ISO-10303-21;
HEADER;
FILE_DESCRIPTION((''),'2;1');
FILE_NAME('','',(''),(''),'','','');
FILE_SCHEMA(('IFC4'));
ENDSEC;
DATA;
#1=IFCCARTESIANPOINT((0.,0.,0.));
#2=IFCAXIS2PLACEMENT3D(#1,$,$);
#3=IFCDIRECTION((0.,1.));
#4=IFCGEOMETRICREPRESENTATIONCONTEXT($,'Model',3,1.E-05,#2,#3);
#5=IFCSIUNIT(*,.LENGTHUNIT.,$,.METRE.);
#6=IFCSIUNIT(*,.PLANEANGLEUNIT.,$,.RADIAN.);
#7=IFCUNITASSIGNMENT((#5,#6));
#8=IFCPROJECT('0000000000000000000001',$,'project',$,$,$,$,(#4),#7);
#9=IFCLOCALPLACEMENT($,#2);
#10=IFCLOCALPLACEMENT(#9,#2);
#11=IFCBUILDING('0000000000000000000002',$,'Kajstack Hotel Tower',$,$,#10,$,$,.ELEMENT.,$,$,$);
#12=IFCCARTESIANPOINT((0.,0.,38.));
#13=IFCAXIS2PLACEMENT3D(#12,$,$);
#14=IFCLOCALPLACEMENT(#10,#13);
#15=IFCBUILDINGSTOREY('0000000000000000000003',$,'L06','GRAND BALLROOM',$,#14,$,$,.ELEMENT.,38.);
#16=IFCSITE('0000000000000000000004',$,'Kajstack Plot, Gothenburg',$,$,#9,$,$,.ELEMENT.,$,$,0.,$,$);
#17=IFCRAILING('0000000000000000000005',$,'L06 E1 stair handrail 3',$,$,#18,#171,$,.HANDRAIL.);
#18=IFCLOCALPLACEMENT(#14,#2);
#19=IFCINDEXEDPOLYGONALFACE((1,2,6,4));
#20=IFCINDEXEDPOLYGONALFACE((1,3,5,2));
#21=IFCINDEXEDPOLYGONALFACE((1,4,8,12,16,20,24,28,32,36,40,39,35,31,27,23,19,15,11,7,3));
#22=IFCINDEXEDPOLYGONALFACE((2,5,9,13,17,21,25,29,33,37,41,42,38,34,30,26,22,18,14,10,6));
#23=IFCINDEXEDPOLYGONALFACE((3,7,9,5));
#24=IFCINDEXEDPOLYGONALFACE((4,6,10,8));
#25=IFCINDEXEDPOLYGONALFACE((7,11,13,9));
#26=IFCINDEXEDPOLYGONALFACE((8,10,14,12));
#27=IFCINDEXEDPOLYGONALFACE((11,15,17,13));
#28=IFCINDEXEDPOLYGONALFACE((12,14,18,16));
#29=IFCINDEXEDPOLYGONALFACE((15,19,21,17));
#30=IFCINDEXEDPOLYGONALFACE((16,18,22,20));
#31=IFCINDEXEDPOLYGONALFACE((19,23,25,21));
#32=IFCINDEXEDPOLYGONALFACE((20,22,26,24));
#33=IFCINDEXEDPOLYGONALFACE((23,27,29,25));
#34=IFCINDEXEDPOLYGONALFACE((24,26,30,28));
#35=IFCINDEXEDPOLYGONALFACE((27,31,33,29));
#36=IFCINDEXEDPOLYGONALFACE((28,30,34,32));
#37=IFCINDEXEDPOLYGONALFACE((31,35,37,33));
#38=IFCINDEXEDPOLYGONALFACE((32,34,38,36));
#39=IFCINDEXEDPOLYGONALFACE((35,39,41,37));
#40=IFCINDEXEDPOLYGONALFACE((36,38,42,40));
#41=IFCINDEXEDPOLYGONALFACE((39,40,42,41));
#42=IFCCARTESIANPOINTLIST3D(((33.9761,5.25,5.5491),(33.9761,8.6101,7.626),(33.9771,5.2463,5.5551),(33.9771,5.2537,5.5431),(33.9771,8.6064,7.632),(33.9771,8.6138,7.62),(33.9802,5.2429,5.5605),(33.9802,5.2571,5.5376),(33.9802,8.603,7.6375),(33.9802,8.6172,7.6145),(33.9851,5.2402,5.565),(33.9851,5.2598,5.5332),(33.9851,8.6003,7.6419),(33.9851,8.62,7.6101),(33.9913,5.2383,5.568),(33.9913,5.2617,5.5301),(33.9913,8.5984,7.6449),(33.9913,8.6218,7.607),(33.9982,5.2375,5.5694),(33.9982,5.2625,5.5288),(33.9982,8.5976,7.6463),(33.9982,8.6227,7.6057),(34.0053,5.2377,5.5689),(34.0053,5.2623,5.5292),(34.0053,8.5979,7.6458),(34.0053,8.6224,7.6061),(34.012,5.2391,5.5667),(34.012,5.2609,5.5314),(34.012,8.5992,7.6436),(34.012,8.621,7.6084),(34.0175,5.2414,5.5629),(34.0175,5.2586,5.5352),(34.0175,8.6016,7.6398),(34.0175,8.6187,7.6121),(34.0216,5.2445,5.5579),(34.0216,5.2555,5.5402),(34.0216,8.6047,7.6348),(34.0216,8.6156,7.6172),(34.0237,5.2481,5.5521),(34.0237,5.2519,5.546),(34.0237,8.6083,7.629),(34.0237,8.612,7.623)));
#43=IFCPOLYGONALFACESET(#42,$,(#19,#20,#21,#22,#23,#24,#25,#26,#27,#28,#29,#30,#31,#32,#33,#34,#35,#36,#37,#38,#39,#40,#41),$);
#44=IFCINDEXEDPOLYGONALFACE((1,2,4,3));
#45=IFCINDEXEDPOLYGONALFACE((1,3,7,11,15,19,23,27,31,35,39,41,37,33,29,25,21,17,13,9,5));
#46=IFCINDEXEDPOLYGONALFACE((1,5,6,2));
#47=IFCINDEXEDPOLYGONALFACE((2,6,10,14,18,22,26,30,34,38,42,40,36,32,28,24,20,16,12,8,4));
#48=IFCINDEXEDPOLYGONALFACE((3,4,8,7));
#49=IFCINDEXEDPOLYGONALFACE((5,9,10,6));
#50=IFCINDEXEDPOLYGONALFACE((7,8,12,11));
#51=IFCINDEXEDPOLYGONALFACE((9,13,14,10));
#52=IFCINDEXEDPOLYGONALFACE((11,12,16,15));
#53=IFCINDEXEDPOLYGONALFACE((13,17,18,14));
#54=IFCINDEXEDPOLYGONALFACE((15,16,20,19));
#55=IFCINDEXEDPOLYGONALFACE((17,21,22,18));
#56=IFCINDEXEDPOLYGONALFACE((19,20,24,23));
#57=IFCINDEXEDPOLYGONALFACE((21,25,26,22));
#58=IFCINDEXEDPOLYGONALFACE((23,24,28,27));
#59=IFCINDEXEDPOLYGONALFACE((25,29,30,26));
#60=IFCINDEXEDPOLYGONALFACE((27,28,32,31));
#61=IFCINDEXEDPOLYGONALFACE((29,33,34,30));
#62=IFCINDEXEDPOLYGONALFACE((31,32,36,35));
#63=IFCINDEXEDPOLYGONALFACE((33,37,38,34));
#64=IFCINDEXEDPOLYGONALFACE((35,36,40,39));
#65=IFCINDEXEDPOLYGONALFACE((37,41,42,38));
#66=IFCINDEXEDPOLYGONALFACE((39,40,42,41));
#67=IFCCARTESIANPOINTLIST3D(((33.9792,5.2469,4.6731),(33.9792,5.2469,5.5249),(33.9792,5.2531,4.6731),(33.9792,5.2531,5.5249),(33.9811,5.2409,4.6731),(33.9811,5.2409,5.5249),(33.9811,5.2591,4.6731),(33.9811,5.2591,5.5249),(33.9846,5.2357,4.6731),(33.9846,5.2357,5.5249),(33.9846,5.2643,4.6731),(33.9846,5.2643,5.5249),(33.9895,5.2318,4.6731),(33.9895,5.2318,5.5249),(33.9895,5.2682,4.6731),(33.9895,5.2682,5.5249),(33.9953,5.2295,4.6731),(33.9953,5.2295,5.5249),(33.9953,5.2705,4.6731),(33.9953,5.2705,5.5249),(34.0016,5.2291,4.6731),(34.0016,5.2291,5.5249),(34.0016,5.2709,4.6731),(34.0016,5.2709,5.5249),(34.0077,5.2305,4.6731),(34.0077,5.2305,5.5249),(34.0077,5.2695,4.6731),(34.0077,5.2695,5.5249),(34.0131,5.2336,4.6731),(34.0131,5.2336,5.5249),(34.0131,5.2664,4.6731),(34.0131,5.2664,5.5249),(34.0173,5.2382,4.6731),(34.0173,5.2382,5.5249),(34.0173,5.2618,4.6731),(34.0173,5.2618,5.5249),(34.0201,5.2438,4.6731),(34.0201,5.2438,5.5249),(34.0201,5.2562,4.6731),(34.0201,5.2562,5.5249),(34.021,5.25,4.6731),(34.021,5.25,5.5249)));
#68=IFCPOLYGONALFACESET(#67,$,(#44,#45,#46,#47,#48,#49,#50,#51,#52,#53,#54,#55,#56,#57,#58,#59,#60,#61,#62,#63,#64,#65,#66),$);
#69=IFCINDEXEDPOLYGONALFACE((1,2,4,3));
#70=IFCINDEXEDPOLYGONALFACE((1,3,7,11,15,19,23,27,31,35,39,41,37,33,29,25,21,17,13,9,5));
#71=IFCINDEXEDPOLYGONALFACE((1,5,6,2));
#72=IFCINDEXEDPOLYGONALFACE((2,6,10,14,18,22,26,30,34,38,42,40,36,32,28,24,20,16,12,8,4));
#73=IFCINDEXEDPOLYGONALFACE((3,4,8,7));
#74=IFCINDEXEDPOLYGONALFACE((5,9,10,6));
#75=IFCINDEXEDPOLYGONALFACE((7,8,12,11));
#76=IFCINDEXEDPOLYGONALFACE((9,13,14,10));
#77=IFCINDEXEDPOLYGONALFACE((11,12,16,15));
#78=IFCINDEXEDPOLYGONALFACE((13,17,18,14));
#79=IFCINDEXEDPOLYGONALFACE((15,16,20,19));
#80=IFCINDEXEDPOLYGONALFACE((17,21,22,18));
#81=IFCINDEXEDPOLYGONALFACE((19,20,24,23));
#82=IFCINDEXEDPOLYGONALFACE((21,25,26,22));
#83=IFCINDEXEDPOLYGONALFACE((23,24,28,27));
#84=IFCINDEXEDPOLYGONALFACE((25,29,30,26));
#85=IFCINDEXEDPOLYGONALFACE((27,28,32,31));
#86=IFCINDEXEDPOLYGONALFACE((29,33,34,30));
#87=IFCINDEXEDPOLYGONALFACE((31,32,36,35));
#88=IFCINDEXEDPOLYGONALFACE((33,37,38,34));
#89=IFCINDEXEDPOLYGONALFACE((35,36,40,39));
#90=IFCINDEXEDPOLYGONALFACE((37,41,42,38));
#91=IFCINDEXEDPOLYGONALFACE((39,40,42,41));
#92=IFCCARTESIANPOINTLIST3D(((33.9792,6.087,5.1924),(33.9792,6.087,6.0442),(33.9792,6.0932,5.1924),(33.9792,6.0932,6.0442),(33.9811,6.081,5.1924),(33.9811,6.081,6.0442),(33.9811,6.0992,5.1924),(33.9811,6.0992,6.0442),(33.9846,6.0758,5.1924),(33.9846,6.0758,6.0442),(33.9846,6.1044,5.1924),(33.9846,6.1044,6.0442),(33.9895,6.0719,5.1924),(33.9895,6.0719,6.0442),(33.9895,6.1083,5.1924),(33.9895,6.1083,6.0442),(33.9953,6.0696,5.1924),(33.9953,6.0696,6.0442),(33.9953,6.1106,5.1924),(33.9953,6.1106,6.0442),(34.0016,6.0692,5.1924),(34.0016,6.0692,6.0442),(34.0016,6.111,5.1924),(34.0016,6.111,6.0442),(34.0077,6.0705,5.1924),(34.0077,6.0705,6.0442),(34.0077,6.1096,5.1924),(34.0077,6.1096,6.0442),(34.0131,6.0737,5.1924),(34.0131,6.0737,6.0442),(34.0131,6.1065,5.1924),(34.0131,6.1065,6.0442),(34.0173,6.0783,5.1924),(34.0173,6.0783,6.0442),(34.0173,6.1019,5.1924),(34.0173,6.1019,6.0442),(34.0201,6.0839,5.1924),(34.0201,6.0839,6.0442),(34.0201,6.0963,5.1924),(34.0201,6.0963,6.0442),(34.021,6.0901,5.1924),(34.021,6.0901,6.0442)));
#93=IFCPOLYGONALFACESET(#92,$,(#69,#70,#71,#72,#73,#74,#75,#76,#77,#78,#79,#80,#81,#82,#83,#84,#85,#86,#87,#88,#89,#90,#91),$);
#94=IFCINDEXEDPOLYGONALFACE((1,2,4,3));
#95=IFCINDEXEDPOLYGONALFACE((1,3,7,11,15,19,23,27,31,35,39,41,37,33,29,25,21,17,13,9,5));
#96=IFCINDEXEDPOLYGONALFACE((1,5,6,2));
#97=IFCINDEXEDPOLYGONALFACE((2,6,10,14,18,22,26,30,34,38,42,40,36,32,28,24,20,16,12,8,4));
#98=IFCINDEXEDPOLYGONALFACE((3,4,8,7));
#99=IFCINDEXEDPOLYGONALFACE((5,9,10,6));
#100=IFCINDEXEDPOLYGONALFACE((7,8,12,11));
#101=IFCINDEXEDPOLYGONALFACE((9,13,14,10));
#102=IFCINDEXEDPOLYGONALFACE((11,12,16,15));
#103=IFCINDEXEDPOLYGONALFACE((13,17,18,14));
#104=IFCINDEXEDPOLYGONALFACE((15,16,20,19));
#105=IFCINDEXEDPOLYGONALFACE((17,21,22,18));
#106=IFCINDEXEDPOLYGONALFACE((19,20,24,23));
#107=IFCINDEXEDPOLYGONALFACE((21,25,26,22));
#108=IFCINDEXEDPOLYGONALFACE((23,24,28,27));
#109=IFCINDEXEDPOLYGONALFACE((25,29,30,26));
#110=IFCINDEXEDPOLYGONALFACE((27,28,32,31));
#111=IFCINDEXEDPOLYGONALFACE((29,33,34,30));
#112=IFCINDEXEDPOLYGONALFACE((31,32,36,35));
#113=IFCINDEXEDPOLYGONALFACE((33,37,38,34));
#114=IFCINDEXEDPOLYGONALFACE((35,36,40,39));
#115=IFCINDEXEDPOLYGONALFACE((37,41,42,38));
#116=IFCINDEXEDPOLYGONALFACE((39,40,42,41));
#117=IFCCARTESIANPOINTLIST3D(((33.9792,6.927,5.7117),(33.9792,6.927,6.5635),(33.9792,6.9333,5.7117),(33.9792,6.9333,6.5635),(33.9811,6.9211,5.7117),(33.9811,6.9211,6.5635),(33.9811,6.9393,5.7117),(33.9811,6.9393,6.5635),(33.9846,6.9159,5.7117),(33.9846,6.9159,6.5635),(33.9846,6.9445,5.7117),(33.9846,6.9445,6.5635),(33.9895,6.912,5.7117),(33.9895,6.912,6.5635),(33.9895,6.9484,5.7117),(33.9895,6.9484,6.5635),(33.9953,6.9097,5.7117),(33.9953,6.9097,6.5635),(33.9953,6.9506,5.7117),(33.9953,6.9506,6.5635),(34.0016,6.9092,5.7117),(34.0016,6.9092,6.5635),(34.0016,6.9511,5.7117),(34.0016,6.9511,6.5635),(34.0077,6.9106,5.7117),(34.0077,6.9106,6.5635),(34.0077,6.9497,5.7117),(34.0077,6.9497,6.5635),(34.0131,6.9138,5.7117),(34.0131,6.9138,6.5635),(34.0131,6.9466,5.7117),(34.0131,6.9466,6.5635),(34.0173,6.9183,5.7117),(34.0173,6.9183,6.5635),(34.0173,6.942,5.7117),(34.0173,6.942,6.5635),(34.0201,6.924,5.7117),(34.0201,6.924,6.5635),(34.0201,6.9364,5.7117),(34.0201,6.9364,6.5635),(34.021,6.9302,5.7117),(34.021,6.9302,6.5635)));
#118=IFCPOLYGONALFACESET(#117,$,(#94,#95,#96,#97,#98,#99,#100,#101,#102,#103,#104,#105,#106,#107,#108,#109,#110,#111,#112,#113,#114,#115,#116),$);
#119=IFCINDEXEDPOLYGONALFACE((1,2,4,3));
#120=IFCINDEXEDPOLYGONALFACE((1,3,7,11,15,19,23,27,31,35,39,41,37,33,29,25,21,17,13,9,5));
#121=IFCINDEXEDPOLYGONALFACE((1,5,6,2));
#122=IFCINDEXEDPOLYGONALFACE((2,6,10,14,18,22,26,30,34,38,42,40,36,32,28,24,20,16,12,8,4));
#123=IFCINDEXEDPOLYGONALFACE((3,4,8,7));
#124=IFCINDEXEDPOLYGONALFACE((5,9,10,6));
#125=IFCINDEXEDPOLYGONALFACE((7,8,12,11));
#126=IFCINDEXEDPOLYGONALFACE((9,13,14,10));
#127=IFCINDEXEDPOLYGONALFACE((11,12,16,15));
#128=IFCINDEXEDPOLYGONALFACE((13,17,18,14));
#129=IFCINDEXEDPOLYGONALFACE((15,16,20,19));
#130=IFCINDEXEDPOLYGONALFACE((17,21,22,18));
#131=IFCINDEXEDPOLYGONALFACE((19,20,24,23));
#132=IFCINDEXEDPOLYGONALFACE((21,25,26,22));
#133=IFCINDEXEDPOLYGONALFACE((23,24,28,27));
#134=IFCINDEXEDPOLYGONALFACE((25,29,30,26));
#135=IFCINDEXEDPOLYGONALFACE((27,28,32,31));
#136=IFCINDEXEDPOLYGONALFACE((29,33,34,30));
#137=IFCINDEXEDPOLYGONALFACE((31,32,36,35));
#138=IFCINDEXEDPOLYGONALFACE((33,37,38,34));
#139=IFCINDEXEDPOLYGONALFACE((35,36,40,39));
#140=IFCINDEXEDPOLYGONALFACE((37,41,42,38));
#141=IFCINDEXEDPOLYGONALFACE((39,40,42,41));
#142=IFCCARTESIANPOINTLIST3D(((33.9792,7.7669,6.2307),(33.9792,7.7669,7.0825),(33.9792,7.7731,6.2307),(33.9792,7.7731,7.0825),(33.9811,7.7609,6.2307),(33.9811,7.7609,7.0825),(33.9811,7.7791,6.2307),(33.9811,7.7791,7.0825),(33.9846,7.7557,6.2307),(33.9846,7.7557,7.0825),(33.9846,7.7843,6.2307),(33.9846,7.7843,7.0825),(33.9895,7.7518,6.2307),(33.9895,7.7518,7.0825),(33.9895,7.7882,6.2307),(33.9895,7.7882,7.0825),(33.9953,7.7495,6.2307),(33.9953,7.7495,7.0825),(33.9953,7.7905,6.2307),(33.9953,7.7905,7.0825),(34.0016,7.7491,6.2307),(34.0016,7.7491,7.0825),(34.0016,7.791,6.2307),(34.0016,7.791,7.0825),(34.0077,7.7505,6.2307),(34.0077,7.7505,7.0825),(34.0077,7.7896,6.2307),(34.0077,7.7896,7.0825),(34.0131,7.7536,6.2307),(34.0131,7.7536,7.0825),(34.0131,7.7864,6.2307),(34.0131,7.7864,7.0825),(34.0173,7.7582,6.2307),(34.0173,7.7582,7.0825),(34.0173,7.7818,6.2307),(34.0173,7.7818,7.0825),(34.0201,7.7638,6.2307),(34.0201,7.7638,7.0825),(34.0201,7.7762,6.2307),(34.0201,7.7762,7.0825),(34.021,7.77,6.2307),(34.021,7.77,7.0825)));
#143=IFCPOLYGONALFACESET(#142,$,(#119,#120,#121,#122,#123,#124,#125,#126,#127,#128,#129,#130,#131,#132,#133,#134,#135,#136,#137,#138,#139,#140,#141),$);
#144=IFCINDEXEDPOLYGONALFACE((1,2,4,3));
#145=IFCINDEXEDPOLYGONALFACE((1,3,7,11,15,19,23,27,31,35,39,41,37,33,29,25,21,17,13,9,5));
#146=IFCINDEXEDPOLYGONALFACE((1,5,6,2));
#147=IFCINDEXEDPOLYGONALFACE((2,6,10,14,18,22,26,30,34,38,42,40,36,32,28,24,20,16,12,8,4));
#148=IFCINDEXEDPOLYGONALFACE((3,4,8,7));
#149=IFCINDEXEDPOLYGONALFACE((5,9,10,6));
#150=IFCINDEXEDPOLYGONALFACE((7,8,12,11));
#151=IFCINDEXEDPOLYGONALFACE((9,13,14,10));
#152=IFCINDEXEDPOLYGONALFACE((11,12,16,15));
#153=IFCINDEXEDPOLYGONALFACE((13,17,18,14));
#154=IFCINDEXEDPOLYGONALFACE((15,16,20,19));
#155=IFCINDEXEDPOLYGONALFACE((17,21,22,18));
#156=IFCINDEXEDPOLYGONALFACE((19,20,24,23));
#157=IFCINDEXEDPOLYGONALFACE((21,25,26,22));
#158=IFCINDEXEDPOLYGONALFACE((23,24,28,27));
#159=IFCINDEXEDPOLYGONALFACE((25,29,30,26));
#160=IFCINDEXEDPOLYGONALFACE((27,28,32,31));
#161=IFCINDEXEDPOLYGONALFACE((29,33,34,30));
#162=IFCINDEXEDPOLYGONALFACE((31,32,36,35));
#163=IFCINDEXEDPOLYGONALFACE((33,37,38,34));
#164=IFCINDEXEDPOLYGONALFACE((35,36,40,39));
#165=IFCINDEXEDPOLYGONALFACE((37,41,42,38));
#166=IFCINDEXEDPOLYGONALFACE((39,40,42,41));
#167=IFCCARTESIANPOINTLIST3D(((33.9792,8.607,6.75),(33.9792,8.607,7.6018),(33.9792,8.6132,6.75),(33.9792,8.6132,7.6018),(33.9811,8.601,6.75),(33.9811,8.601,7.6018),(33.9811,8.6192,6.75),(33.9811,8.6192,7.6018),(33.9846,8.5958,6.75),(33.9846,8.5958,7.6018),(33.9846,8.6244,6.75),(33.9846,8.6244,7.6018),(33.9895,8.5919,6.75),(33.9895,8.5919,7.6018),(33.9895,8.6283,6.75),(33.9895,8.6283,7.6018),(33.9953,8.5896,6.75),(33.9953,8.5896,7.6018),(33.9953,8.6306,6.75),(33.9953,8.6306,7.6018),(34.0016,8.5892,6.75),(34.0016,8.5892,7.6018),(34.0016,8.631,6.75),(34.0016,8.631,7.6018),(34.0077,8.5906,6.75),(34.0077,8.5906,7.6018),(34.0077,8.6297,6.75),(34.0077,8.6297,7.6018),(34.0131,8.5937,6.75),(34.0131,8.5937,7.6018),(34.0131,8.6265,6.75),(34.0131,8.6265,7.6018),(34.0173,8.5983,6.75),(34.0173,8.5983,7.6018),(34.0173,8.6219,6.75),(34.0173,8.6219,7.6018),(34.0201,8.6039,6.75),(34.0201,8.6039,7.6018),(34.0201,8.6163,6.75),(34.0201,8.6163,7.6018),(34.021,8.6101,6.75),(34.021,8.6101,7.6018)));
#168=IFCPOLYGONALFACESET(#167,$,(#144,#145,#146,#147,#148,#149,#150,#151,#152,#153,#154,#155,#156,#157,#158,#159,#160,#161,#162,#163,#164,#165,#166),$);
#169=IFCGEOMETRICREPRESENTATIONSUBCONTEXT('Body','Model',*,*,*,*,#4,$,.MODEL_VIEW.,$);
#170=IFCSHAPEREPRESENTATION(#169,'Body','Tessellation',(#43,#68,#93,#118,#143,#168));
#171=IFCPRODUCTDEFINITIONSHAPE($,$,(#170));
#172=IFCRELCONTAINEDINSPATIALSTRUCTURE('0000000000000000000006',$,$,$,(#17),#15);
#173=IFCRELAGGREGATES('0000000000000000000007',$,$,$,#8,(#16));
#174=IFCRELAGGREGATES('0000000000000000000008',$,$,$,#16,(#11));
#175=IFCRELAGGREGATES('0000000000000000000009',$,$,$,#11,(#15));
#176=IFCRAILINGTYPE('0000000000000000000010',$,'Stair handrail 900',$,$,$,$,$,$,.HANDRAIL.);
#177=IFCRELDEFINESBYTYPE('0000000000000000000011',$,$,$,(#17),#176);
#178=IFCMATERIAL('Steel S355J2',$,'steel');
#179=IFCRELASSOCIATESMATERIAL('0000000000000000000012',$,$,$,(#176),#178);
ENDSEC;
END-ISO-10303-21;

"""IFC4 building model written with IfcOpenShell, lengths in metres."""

from ifc_helpers import new_model, si_unit, direction, frame, origin, origin_2d, place, context, subcontext, project, spatial, circle, extrude, material, type_object, element, save


model = new_model("IFC4")

# Units and contexts
model_context = context("Model", 3, precision=1e-05, world=origin(), true_north=direction((0.0, 1.0)))
body_context = subcontext(model_context, "Body", "Model", "MODEL_VIEW")
ifc_project = project(units=[si_unit("LENGTHUNIT", "METRE"), si_unit("PLANEANGLEUNIT", "RADIAN")], contexts=[model_context])

# Site, building, storey
site_placement = place(None, origin())
site = spatial("IfcSite", under=ifc_project, at=site_placement, Name="Kajstack Plot, Gothenburg", CompositionType="ELEMENT", RefElevation=0.0)
building_placement = place(site_placement, origin())
building = spatial("IfcBuilding", under=site, at=building_placement, Name="Kajstack Hotel Tower", CompositionType="ELEMENT")
storey_placement = place(building_placement, frame((0.0, 0.0, 38.0)))
storey = spatial("IfcBuildingStorey", under=building, at=storey_placement, Name="L06", Description="GRAND BALLROOM", CompositionType="ELEMENT", Elevation=38.0)

# Railing
ifc_material_1 = material(Name="Steel S355J2", Category="steel")
railing_type = type_object("IfcRailingType", Name="Stair handrail 900", PredefinedType="HANDRAIL", material=ifc_material_1)
for number, where, name in (
    (1, (34.0, 5.25, 4.6731), "L06 E1 stair handrail 3"),
):
    element("IfcRailing", number, at=place(storey_placement, frame(where)), inside=storey, type_object=railing_type, Name=name, PredefinedType="HANDRAIL", context=body_context, shape_type="SweptSolid", body=[
        extrude(circle(Radius=0.0239, at=origin_2d()), frame((0.0, 0.0, 0.876), z_axis=(0.0, 0.850623, 0.525776), x_axis=(-1.0, 0.0, 0.0)), (0.0, 0.0, 1.0), 3.9502),
        extrude(circle(Radius=0.021, at=origin_2d()), origin(), (0.0, 0.0, 1.0), 0.8518),
        extrude(circle(Radius=0.021, at=origin_2d()), frame((0.0, 0.8401, 0.5193)), (0.0, 0.0, 1.0), 0.8518),
        extrude(circle(Radius=0.021, at=origin_2d()), frame((0.0, 1.6802, 1.0386)), (0.0, 0.0, 1.0), 0.8518),
        extrude(circle(Radius=0.021, at=origin_2d()), frame((0.0, 2.52, 1.5576)), (0.0, 0.0, 1.0), 0.8518),
        extrude(circle(Radius=0.021, at=origin_2d()), frame((0.0, 3.3601, 2.0769)), (0.0, 0.0, 1.0), 0.8518),
    ])

save(model, "model.ifc")
